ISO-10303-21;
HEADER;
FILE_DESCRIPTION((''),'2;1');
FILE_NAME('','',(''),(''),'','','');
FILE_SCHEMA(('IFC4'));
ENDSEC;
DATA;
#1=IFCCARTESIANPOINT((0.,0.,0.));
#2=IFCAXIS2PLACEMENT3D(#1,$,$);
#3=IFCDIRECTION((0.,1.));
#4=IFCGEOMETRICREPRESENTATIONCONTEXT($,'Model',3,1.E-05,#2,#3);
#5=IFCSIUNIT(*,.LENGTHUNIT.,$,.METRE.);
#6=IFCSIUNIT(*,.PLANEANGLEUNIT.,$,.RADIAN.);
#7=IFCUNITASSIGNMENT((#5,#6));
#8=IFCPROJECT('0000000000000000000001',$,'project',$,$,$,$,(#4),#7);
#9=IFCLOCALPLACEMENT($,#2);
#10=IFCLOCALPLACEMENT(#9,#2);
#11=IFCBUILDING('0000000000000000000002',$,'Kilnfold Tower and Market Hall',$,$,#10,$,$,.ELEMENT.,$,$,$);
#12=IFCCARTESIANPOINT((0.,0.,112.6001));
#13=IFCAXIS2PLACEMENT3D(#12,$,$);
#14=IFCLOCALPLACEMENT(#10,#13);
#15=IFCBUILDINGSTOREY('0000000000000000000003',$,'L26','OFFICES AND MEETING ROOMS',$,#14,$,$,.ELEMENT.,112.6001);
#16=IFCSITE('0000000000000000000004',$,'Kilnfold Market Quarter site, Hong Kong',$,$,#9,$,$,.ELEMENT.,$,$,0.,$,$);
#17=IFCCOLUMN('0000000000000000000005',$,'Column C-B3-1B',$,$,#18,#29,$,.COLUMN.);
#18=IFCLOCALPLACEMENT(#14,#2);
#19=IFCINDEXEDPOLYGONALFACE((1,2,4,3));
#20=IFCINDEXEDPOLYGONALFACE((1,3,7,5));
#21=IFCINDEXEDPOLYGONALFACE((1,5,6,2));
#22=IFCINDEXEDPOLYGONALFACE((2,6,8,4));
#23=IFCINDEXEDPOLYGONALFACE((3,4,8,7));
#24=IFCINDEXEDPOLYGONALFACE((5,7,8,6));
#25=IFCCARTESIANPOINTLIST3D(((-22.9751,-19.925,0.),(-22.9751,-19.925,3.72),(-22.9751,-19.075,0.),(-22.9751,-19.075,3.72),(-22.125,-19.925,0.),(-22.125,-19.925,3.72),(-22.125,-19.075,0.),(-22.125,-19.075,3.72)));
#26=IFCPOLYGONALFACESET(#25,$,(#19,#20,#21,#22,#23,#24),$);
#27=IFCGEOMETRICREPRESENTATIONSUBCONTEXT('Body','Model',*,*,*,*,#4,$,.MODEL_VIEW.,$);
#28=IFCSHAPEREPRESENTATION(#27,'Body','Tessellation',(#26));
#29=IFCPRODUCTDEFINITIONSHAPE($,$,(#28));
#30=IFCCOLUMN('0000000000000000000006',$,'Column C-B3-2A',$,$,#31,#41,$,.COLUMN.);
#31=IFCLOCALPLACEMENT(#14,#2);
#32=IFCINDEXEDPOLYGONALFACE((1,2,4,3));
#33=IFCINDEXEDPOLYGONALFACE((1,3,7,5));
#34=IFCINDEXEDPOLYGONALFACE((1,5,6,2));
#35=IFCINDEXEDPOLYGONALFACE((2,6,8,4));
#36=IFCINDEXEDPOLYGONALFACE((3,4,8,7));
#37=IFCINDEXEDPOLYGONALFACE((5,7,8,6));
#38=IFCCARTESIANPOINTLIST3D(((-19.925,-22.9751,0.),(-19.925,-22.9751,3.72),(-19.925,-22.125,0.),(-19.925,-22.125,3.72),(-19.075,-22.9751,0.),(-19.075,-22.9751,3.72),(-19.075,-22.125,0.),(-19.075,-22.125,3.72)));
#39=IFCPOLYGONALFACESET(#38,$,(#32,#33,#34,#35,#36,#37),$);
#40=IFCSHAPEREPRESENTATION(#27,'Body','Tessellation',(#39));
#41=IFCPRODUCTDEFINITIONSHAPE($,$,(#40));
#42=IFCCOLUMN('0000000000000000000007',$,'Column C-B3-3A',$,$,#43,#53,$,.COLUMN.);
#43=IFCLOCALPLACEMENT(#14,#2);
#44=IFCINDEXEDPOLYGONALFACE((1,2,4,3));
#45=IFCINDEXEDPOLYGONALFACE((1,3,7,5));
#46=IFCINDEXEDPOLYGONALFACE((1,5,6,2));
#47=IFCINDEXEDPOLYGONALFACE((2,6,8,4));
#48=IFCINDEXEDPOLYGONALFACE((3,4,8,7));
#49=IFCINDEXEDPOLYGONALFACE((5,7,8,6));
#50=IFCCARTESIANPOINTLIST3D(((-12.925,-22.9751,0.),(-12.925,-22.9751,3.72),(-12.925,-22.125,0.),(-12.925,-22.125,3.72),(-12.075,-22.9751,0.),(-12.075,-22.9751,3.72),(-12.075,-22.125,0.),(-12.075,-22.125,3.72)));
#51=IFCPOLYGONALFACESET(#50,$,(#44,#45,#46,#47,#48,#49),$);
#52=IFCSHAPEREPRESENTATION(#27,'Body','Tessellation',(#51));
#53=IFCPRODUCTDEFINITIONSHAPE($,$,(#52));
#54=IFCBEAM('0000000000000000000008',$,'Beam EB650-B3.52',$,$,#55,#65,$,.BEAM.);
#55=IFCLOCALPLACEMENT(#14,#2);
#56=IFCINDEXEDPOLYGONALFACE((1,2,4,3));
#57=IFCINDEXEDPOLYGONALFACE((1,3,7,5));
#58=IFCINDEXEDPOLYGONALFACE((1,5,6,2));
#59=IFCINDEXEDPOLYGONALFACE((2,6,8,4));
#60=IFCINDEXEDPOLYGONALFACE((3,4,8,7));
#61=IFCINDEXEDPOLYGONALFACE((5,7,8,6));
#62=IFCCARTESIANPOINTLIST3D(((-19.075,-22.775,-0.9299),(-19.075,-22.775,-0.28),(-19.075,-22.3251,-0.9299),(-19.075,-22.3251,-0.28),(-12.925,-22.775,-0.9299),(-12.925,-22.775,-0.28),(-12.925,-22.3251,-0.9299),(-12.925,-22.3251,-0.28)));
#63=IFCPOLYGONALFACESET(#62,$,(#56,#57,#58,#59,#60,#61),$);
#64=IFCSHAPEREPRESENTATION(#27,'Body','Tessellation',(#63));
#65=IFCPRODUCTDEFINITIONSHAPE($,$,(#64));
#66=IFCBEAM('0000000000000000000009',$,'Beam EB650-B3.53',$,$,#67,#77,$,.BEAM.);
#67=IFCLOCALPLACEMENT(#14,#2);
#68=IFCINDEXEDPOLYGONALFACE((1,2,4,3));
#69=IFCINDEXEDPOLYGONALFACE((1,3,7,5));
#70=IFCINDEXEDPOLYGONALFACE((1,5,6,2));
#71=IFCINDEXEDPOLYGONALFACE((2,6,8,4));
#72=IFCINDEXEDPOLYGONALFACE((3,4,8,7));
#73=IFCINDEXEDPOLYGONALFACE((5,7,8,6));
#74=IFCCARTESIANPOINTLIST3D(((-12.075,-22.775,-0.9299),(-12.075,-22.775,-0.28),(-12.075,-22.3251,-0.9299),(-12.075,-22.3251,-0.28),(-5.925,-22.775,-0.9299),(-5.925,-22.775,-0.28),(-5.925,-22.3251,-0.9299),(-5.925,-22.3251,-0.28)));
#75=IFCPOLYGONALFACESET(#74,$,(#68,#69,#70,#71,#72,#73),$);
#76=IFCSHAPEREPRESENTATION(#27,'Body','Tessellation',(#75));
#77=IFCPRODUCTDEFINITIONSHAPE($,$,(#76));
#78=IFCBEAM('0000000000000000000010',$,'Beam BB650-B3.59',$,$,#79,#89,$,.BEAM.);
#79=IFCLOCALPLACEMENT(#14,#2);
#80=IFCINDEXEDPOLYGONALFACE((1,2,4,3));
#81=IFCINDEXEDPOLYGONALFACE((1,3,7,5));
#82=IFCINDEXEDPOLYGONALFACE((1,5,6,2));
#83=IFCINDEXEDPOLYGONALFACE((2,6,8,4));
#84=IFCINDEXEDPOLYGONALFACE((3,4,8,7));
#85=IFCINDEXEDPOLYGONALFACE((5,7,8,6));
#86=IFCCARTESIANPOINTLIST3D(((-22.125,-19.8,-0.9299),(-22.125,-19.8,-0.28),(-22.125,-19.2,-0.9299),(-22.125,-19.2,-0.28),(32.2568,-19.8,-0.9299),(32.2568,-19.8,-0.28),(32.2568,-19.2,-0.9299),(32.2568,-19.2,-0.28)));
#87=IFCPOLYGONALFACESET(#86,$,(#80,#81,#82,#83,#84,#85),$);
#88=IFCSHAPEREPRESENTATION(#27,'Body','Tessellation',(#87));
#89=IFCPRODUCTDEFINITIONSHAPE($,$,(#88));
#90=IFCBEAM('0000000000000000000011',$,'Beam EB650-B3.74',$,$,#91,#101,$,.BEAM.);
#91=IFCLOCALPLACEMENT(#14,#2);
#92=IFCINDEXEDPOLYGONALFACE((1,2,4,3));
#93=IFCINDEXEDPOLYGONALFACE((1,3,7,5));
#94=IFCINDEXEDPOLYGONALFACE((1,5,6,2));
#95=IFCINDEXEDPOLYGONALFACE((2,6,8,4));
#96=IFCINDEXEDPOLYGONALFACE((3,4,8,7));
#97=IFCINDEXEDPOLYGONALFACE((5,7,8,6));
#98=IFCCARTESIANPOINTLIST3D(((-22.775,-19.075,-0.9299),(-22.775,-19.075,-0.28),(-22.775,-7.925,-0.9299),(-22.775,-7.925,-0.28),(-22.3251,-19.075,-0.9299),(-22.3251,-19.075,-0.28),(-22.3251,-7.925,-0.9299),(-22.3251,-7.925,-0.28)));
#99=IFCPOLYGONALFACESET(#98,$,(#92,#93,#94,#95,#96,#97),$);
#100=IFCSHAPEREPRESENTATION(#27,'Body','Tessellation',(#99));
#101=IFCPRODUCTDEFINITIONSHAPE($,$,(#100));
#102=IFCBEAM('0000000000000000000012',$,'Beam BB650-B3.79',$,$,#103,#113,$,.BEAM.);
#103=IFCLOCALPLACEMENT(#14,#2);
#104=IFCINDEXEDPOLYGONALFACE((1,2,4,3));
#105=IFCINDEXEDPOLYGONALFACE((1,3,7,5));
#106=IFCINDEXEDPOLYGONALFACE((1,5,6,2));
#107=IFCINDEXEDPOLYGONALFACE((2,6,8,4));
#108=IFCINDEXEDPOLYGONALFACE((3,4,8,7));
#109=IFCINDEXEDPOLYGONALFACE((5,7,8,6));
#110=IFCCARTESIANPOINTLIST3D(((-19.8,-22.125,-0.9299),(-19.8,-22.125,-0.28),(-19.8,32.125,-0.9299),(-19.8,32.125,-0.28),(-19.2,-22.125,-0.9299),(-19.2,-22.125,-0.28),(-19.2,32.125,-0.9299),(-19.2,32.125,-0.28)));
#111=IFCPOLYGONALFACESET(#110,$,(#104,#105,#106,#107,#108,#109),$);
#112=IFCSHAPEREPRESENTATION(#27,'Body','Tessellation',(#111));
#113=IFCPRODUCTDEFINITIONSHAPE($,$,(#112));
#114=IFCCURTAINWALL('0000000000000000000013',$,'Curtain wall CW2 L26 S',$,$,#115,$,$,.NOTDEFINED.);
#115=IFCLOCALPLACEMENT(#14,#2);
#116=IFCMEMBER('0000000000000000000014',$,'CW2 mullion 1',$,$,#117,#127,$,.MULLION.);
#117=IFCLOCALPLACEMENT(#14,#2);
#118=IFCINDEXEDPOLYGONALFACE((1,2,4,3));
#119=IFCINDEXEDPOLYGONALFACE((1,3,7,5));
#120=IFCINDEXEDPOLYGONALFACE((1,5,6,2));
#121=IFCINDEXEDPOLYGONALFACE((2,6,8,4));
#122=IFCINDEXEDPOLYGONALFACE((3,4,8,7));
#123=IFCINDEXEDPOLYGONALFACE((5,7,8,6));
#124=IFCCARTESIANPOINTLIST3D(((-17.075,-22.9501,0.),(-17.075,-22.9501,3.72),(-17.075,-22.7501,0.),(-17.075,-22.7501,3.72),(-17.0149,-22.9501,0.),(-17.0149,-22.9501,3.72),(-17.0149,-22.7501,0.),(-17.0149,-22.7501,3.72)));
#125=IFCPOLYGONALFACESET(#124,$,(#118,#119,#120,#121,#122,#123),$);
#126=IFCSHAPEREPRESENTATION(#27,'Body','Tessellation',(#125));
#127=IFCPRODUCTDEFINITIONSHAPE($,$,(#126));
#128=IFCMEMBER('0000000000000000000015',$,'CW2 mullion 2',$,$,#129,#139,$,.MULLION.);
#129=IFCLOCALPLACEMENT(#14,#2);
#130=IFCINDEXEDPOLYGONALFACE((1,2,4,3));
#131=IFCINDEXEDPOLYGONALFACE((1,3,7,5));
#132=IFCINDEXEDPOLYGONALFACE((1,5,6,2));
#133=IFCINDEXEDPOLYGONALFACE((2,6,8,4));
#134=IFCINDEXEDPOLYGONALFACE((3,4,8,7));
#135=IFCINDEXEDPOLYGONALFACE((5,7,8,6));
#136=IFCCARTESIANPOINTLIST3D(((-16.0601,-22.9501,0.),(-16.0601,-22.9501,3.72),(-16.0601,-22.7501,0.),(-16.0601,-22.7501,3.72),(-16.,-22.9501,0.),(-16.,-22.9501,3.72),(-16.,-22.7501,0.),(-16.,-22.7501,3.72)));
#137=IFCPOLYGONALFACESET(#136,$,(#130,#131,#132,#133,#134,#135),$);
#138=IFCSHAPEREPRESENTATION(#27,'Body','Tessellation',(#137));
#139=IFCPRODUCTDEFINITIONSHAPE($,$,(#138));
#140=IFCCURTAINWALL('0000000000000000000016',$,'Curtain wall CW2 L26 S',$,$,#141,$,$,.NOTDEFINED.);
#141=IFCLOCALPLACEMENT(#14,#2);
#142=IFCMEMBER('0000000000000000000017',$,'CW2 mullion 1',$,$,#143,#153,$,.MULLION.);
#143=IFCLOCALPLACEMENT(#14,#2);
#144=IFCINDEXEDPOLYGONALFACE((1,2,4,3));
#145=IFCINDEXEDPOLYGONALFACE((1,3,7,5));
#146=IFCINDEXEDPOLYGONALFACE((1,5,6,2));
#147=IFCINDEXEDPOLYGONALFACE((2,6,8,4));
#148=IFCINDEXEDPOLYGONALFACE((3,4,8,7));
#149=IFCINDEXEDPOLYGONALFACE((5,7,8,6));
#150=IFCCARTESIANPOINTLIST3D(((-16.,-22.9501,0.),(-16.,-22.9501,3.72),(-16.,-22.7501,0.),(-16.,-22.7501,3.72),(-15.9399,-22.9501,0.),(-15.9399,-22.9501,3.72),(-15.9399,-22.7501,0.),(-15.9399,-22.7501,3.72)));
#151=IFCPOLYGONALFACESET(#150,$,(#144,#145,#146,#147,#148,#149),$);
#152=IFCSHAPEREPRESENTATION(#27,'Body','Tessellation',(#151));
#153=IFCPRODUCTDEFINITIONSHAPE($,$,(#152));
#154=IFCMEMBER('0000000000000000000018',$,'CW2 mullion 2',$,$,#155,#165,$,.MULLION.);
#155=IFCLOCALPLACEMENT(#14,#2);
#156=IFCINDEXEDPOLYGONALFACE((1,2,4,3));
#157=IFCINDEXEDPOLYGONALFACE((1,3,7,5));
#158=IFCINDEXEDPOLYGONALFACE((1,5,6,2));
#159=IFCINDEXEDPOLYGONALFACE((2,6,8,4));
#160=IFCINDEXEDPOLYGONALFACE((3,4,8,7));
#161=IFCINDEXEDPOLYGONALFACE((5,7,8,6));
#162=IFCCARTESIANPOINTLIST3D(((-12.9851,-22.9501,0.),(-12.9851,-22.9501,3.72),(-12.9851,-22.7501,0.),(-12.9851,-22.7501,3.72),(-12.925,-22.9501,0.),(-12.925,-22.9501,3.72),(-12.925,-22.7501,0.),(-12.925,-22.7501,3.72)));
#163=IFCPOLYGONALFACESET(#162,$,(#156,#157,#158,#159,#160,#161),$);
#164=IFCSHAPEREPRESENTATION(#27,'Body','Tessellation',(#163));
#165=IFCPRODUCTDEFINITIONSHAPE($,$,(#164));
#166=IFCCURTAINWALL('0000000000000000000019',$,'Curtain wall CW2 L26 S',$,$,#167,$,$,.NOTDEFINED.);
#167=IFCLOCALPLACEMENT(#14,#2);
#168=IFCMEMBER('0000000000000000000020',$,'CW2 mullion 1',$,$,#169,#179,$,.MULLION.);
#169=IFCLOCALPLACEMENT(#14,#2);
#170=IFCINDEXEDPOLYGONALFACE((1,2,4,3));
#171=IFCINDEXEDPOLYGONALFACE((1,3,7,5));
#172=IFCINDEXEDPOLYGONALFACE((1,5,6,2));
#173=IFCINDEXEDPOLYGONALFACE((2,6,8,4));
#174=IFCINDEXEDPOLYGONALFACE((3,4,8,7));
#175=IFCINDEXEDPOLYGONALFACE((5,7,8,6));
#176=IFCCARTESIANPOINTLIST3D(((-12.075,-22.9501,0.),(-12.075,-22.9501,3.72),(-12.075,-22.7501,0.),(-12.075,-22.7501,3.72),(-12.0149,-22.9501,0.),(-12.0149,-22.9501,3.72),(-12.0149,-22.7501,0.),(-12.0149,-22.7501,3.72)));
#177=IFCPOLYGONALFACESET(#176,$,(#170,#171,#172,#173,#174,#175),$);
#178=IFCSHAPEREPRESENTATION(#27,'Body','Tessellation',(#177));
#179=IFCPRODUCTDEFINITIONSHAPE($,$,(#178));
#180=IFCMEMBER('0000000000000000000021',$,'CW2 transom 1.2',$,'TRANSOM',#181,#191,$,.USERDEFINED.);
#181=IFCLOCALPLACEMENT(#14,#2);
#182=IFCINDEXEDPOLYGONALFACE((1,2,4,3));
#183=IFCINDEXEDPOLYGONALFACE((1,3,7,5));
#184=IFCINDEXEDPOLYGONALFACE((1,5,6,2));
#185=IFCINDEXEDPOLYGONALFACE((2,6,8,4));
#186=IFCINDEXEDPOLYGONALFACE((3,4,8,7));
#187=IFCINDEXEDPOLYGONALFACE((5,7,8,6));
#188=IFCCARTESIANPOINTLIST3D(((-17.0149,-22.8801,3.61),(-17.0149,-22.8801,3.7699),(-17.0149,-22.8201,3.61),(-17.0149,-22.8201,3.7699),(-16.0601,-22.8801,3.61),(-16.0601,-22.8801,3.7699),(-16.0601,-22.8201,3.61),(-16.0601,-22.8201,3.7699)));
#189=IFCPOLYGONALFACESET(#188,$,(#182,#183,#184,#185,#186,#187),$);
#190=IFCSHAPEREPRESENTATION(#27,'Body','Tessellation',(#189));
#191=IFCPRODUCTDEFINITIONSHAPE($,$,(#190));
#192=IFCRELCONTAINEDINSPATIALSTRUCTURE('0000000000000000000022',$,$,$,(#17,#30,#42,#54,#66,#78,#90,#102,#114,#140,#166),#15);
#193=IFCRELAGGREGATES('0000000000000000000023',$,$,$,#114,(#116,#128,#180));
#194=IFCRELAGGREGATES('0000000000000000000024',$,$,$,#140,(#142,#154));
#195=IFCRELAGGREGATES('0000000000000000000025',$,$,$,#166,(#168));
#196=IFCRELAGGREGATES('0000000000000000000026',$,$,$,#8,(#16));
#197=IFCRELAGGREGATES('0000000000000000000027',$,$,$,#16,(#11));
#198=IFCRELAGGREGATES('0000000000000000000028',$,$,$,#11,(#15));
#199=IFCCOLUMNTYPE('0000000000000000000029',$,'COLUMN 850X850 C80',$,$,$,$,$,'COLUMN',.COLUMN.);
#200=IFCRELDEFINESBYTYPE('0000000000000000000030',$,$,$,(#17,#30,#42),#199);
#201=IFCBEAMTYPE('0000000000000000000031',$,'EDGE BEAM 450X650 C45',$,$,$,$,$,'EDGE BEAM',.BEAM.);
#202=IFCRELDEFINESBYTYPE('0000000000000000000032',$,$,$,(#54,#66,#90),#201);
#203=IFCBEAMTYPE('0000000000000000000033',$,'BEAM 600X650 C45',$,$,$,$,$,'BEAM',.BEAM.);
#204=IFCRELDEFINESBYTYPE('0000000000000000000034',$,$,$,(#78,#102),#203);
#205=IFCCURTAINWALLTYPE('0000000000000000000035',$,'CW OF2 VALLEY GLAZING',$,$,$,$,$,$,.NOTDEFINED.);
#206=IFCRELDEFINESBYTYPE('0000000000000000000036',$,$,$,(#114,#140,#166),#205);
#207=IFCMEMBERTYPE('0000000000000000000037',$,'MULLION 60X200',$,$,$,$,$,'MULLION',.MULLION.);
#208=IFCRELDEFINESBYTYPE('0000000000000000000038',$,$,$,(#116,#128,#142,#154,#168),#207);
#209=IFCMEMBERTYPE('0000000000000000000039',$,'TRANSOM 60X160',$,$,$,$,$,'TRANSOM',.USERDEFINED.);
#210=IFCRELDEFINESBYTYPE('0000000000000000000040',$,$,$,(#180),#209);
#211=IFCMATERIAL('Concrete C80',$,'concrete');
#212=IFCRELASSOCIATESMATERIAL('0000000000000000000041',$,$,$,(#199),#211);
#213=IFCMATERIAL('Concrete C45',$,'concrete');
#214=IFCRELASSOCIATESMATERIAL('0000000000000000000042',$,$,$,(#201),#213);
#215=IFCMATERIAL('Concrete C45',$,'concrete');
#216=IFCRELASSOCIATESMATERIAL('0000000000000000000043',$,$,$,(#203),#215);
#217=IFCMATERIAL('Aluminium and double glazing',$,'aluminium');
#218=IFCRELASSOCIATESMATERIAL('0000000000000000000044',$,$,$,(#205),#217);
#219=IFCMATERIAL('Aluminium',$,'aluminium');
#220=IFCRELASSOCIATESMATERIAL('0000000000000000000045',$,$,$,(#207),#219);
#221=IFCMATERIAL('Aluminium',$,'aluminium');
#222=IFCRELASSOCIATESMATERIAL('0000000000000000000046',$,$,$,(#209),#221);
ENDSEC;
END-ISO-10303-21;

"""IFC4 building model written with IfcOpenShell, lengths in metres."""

from ifc_helpers import new_model, si_unit, direction, frame, origin, origin_2d, place, context, subcontext, project, spatial, rectangle, extrude, source, transform, mapped, material, material_profile, profile_set, type_object, element, aggregate, save


model = new_model("IFC4")

# Units and contexts
model_context = context("Model", 3, precision=1e-05, world=origin(), true_north=direction((0.0, 1.0)))
body_context = subcontext(model_context, "Body", "Model", "MODEL_VIEW")
ifc_project = project(units=[si_unit("LENGTHUNIT", "METRE"), si_unit("PLANEANGLEUNIT", "RADIAN")], contexts=[model_context])

# Site, building, storey
site_placement = place(None, origin())
site = spatial("IfcSite", under=ifc_project, at=site_placement, Name="Kilnfold Market Quarter site, Hong Kong", CompositionType="ELEMENT", RefElevation=0.0)
building_placement = place(site_placement, origin())
building = spatial("IfcBuilding", under=site, at=building_placement, Name="Kilnfold Tower and Market Hall", CompositionType="ELEMENT")
storey_placement = place(building_placement, frame((0.0, 0.0, 112.6001)))
storey = spatial("IfcBuildingStorey", under=building, at=storey_placement, Name="L26", Description="OFFICES AND MEETING ROOMS", CompositionType="ELEMENT", Elevation=112.6001)

# Columns
ifc_material_1 = material(Name="Concrete C80", Category="concrete")
ifc_material_profile_1 = material_profile(ifc_material_1, rectangle(XDim=0.8501, YDim=0.8501, at=origin_2d()), Name="RC 850x850")
ifc_profile_set_1 = profile_set([ifc_material_profile_1], Name="Concrete C80")
column_type = type_object("IfcColumnType", Name="COLUMN 850X850 C80", ElementType="COLUMN", PredefinedType="COLUMN", material=ifc_profile_set_1)
shared_shape_1 = source(origin(), body_context, "Body", "SweptSolid", [
    extrude(rectangle(XDim=0.8501, YDim=0.8501, at=origin_2d()), origin(), (0.0, 0.0, 1.0), 3.72),
])
for number, where, z_axis, x_axis, name in (
    (1, (-22.55, -19.5, 0.0), (0.0, 0.0, 1.0), (1.0, 0.0, 0.0), "Column C-B3-1B"),
    (2, (-19.5, -22.55, 0.0), (0.0, 0.0, 1.0), (1.0, 0.0, 0.0), "Column C-B3-2A"),
    (3, (-12.5, -22.55, 0.0), (0.0, 0.0, 1.0), (1.0, 0.0, 0.0), "Column C-B3-3A"),
):
    element("IfcColumn", number, at=place(storey_placement, frame(where, z_axis=z_axis, x_axis=x_axis)), inside=storey, type_object=column_type, Name=name, PredefinedType="COLUMN", context=body_context, shape_type="MappedRepresentation", body=[
        mapped(shared_shape_1, transform((0.0, 0.0, 0.0))),
    ])

# Beams
ifc_material_2 = material(Name="Concrete C45", Category="concrete")
ifc_material_profile_2 = material_profile(ifc_material_2, rectangle(XDim=0.45, YDim=0.6499, at=origin_2d()), Name="RC 450x650")
ifc_profile_set_2 = profile_set([ifc_material_profile_2], Name="Concrete C45")
beam_type_1 = type_object("IfcBeamType", Name="EDGE BEAM 450X650 C45", ElementType="EDGE BEAM", PredefinedType="BEAM", material=ifc_profile_set_2)
shared_shape_2 = source(origin(), body_context, "Body", "SweptSolid", [
    extrude(rectangle(XDim=0.45, YDim=0.6499, at=origin_2d()), origin(), (0.0, 0.0, 1.0), 6.1499),
])
for number, where, z_axis, x_axis, name in (
    (4, (-19.075, -22.55, -0.605), (1.0, 0.0, 0.0), (0.0, 1.0, 0.0), "Beam EB650-B3.52"),
    (5, (-12.075, -22.55, -0.605), (1.0, 0.0, 0.0), (0.0, 1.0, 0.0), "Beam EB650-B3.53"),
):
    element("IfcBeam", number, at=place(storey_placement, frame(where, z_axis=z_axis, x_axis=x_axis)), inside=storey, type_object=beam_type_1, Name=name, PredefinedType="BEAM", context=body_context, shape_type="MappedRepresentation", body=[
        mapped(shared_shape_2, transform((0.0, 0.0, 0.0))),
    ])
ifc_material_3 = material(Name="Concrete C45", Category="concrete")
ifc_material_profile_3 = material_profile(ifc_material_3, rectangle(XDim=0.6001, YDim=0.6499, at=origin_2d()), Name="RC 600x650")
ifc_profile_set_3 = profile_set([ifc_material_profile_3], Name="Concrete C45")
beam_type_2 = type_object("IfcBeamType", Name="BEAM 600X650 C45", ElementType="BEAM", PredefinedType="BEAM", material=ifc_profile_set_3)
shared_shape_3 = source(origin(), body_context, "Body", "SweptSolid", [
    extrude(rectangle(XDim=0.6001, YDim=0.6499, at=origin_2d()), origin(), (0.0, 0.0, 1.0), 54.3818),
])
beam_1_placement = place(storey_placement, frame((-22.125, -19.5, -0.605), z_axis=(1.0, 0.0, 0.0), x_axis=(0.0, 1.0, 0.0)))
element("IfcBeam", 6, at=beam_1_placement, inside=storey, type_object=beam_type_2, Name="Beam BB650-B3.59", PredefinedType="BEAM", context=body_context, shape_type="MappedRepresentation", body=[
    mapped(shared_shape_3, transform((0.0, 0.0, 0.0))),
])
shared_shape_4 = source(origin(), body_context, "Body", "SweptSolid", [
    extrude(rectangle(XDim=0.45, YDim=0.6499, at=origin_2d()), origin(), (0.0, 0.0, 1.0), 11.1499),
])
beam_2_placement = place(storey_placement, frame((-22.55, -19.075, -0.605), z_axis=(0.0, 1.0, 0.0), x_axis=(-1.0, 0.0, 0.0)))
element("IfcBeam", 7, at=beam_2_placement, inside=storey, type_object=beam_type_1, Name="Beam EB650-B3.74", PredefinedType="BEAM", context=body_context, shape_type="MappedRepresentation", body=[
    mapped(shared_shape_4, transform((0.0, 0.0, 0.0))),
])
shared_shape_5 = source(origin(), body_context, "Body", "SweptSolid", [
    extrude(rectangle(XDim=0.6001, YDim=0.6499, at=origin_2d()), origin(), (0.0, 0.0, 1.0), 54.25),
])
beam_3_placement = place(storey_placement, frame((-19.5, -22.125, -0.605), z_axis=(0.0, 1.0, 0.0), x_axis=(-1.0, 0.0, 0.0)))
element("IfcBeam", 8, at=beam_3_placement, inside=storey, type_object=beam_type_2, Name="Beam BB650-B3.79", PredefinedType="BEAM", context=body_context, shape_type="MappedRepresentation", body=[
    mapped(shared_shape_5, transform((0.0, 0.0, 0.0))),
])

# Curtain walls, members
ifc_material_4 = material(Name="Aluminium and double glazing", Category="aluminium")
curtain_wall_type = type_object("IfcCurtainWallType", Name="CW OF2 VALLEY GLAZING", PredefinedType="NOTDEFINED", material=ifc_material_4)
curtain_wall_1_placement = place(storey_placement, origin())
curtain_wall_1 = element("IfcCurtainWall", 9, at=curtain_wall_1_placement, inside=storey, type_object=curtain_wall_type, Name="Curtain wall CW2 L26 S", PredefinedType="NOTDEFINED")
ifc_material_5 = material(Name="Aluminium", Category="aluminium")
ifc_material_profile_4 = material_profile(ifc_material_5, rectangle(XDim=0.0601, YDim=0.2, at=origin_2d()), Name="MULLION 60x200")
ifc_profile_set_4 = profile_set([ifc_material_profile_4], Name="Aluminium")
member_type_1 = type_object("IfcMemberType", Name="MULLION 60X200", ElementType="MULLION", PredefinedType="MULLION", material=ifc_profile_set_4)
shared_shape_6 = source(origin(), body_context, "Body", "SweptSolid", [
    extrude(rectangle(XDim=0.0601, YDim=0.2, at=origin_2d()), origin(), (0.0, 0.0, 1.0), 3.72),
])
member_1_placement = place(storey_placement, frame((-17.0449, -22.8501, 0.0), z_axis=(0.0, 0.0, 1.0), x_axis=(1.0, 0.0, 0.0)))
member_1 = element("IfcMember", 10, at=member_1_placement, type_object=member_type_1, Name="CW2 mullion 1", PredefinedType="MULLION", context=body_context, shape_type="MappedRepresentation", body=[
    mapped(shared_shape_6, transform((0.0, 0.0, 0.0))),
])
member_2_placement = place(storey_placement, frame((-16.03, -22.8501, 0.0), z_axis=(0.0, 0.0, 1.0), x_axis=(1.0, 0.0, 0.0)))
member_2 = element("IfcMember", 11, at=member_2_placement, type_object=member_type_1, Name="CW2 mullion 2", PredefinedType="MULLION", context=body_context, shape_type="MappedRepresentation", body=[
    mapped(shared_shape_6, transform((0.0, 0.0, 0.0))),
])
curtain_wall_2_placement = place(storey_placement, origin())
curtain_wall_2 = element("IfcCurtainWall", 12, at=curtain_wall_2_placement, inside=storey, type_object=curtain_wall_type, Name="Curtain wall CW2 L26 S", PredefinedType="NOTDEFINED")
member_3_placement = place(storey_placement, frame((-15.97, -22.8501, 0.0), z_axis=(0.0, 0.0, 1.0), x_axis=(1.0, 0.0, 0.0)))
member_3 = element("IfcMember", 13, at=member_3_placement, type_object=member_type_1, Name="CW2 mullion 1", PredefinedType="MULLION", context=body_context, shape_type="MappedRepresentation", body=[
    mapped(shared_shape_6, transform((0.0, 0.0, 0.0))),
])
member_4_placement = place(storey_placement, frame((-12.9551, -22.8501, 0.0), z_axis=(0.0, 0.0, 1.0), x_axis=(1.0, 0.0, 0.0)))
member_4 = element("IfcMember", 14, at=member_4_placement, type_object=member_type_1, Name="CW2 mullion 2", PredefinedType="MULLION", context=body_context, shape_type="MappedRepresentation", body=[
    mapped(shared_shape_6, transform((0.0, 0.0, 0.0))),
])

# Curtain wall, member
curtain_wall_3_placement = place(storey_placement, origin())
curtain_wall_3 = element("IfcCurtainWall", 15, at=curtain_wall_3_placement, inside=storey, type_object=curtain_wall_type, Name="Curtain wall CW2 L26 S", PredefinedType="NOTDEFINED")
member_5_placement = place(storey_placement, frame((-12.0449, -22.8501, 0.0), z_axis=(0.0, 0.0, 1.0), x_axis=(1.0, 0.0, 0.0)))
member_5 = element("IfcMember", 16, at=member_5_placement, type_object=member_type_1, Name="CW2 mullion 1", PredefinedType="MULLION", context=body_context, shape_type="MappedRepresentation", body=[
    mapped(shared_shape_6, transform((0.0, 0.0, 0.0))),
])

# Member
ifc_material_6 = material(Name="Aluminium", Category="aluminium")
ifc_material_profile_5 = material_profile(ifc_material_6, rectangle(XDim=0.0601, YDim=0.1599, at=origin_2d()), Name="TRANSOM 60x160")
ifc_profile_set_5 = profile_set([ifc_material_profile_5], Name="Aluminium")
member_type_2 = type_object("IfcMemberType", Name="TRANSOM 60X160", ElementType="TRANSOM", PredefinedType="USERDEFINED", material=ifc_profile_set_5)
shared_shape_7 = source(origin(), body_context, "Body", "SweptSolid", [
    extrude(rectangle(XDim=0.0601, YDim=0.1599, at=origin_2d()), origin(), (0.0, 0.0, 1.0), 0.9548),
])
member_6_placement = place(storey_placement, frame((-17.0149, -22.8501, 3.6899), z_axis=(1.0, 0.0, 0.0), x_axis=(0.0, 1.0, 0.0)))
member_6 = element("IfcMember", 17, at=member_6_placement, type_object=member_type_2, Name="CW2 transom 1.2", ObjectType="TRANSOM", PredefinedType="USERDEFINED", context=body_context, shape_type="MappedRepresentation", body=[
    mapped(shared_shape_7, transform((0.0, 0.0, 0.0))),
])

aggregate(curtain_wall_1, [member_1, member_2, member_6])
aggregate(curtain_wall_2, [member_3, member_4])
aggregate(curtain_wall_3, [member_5])

save(model, "model.ifc")
